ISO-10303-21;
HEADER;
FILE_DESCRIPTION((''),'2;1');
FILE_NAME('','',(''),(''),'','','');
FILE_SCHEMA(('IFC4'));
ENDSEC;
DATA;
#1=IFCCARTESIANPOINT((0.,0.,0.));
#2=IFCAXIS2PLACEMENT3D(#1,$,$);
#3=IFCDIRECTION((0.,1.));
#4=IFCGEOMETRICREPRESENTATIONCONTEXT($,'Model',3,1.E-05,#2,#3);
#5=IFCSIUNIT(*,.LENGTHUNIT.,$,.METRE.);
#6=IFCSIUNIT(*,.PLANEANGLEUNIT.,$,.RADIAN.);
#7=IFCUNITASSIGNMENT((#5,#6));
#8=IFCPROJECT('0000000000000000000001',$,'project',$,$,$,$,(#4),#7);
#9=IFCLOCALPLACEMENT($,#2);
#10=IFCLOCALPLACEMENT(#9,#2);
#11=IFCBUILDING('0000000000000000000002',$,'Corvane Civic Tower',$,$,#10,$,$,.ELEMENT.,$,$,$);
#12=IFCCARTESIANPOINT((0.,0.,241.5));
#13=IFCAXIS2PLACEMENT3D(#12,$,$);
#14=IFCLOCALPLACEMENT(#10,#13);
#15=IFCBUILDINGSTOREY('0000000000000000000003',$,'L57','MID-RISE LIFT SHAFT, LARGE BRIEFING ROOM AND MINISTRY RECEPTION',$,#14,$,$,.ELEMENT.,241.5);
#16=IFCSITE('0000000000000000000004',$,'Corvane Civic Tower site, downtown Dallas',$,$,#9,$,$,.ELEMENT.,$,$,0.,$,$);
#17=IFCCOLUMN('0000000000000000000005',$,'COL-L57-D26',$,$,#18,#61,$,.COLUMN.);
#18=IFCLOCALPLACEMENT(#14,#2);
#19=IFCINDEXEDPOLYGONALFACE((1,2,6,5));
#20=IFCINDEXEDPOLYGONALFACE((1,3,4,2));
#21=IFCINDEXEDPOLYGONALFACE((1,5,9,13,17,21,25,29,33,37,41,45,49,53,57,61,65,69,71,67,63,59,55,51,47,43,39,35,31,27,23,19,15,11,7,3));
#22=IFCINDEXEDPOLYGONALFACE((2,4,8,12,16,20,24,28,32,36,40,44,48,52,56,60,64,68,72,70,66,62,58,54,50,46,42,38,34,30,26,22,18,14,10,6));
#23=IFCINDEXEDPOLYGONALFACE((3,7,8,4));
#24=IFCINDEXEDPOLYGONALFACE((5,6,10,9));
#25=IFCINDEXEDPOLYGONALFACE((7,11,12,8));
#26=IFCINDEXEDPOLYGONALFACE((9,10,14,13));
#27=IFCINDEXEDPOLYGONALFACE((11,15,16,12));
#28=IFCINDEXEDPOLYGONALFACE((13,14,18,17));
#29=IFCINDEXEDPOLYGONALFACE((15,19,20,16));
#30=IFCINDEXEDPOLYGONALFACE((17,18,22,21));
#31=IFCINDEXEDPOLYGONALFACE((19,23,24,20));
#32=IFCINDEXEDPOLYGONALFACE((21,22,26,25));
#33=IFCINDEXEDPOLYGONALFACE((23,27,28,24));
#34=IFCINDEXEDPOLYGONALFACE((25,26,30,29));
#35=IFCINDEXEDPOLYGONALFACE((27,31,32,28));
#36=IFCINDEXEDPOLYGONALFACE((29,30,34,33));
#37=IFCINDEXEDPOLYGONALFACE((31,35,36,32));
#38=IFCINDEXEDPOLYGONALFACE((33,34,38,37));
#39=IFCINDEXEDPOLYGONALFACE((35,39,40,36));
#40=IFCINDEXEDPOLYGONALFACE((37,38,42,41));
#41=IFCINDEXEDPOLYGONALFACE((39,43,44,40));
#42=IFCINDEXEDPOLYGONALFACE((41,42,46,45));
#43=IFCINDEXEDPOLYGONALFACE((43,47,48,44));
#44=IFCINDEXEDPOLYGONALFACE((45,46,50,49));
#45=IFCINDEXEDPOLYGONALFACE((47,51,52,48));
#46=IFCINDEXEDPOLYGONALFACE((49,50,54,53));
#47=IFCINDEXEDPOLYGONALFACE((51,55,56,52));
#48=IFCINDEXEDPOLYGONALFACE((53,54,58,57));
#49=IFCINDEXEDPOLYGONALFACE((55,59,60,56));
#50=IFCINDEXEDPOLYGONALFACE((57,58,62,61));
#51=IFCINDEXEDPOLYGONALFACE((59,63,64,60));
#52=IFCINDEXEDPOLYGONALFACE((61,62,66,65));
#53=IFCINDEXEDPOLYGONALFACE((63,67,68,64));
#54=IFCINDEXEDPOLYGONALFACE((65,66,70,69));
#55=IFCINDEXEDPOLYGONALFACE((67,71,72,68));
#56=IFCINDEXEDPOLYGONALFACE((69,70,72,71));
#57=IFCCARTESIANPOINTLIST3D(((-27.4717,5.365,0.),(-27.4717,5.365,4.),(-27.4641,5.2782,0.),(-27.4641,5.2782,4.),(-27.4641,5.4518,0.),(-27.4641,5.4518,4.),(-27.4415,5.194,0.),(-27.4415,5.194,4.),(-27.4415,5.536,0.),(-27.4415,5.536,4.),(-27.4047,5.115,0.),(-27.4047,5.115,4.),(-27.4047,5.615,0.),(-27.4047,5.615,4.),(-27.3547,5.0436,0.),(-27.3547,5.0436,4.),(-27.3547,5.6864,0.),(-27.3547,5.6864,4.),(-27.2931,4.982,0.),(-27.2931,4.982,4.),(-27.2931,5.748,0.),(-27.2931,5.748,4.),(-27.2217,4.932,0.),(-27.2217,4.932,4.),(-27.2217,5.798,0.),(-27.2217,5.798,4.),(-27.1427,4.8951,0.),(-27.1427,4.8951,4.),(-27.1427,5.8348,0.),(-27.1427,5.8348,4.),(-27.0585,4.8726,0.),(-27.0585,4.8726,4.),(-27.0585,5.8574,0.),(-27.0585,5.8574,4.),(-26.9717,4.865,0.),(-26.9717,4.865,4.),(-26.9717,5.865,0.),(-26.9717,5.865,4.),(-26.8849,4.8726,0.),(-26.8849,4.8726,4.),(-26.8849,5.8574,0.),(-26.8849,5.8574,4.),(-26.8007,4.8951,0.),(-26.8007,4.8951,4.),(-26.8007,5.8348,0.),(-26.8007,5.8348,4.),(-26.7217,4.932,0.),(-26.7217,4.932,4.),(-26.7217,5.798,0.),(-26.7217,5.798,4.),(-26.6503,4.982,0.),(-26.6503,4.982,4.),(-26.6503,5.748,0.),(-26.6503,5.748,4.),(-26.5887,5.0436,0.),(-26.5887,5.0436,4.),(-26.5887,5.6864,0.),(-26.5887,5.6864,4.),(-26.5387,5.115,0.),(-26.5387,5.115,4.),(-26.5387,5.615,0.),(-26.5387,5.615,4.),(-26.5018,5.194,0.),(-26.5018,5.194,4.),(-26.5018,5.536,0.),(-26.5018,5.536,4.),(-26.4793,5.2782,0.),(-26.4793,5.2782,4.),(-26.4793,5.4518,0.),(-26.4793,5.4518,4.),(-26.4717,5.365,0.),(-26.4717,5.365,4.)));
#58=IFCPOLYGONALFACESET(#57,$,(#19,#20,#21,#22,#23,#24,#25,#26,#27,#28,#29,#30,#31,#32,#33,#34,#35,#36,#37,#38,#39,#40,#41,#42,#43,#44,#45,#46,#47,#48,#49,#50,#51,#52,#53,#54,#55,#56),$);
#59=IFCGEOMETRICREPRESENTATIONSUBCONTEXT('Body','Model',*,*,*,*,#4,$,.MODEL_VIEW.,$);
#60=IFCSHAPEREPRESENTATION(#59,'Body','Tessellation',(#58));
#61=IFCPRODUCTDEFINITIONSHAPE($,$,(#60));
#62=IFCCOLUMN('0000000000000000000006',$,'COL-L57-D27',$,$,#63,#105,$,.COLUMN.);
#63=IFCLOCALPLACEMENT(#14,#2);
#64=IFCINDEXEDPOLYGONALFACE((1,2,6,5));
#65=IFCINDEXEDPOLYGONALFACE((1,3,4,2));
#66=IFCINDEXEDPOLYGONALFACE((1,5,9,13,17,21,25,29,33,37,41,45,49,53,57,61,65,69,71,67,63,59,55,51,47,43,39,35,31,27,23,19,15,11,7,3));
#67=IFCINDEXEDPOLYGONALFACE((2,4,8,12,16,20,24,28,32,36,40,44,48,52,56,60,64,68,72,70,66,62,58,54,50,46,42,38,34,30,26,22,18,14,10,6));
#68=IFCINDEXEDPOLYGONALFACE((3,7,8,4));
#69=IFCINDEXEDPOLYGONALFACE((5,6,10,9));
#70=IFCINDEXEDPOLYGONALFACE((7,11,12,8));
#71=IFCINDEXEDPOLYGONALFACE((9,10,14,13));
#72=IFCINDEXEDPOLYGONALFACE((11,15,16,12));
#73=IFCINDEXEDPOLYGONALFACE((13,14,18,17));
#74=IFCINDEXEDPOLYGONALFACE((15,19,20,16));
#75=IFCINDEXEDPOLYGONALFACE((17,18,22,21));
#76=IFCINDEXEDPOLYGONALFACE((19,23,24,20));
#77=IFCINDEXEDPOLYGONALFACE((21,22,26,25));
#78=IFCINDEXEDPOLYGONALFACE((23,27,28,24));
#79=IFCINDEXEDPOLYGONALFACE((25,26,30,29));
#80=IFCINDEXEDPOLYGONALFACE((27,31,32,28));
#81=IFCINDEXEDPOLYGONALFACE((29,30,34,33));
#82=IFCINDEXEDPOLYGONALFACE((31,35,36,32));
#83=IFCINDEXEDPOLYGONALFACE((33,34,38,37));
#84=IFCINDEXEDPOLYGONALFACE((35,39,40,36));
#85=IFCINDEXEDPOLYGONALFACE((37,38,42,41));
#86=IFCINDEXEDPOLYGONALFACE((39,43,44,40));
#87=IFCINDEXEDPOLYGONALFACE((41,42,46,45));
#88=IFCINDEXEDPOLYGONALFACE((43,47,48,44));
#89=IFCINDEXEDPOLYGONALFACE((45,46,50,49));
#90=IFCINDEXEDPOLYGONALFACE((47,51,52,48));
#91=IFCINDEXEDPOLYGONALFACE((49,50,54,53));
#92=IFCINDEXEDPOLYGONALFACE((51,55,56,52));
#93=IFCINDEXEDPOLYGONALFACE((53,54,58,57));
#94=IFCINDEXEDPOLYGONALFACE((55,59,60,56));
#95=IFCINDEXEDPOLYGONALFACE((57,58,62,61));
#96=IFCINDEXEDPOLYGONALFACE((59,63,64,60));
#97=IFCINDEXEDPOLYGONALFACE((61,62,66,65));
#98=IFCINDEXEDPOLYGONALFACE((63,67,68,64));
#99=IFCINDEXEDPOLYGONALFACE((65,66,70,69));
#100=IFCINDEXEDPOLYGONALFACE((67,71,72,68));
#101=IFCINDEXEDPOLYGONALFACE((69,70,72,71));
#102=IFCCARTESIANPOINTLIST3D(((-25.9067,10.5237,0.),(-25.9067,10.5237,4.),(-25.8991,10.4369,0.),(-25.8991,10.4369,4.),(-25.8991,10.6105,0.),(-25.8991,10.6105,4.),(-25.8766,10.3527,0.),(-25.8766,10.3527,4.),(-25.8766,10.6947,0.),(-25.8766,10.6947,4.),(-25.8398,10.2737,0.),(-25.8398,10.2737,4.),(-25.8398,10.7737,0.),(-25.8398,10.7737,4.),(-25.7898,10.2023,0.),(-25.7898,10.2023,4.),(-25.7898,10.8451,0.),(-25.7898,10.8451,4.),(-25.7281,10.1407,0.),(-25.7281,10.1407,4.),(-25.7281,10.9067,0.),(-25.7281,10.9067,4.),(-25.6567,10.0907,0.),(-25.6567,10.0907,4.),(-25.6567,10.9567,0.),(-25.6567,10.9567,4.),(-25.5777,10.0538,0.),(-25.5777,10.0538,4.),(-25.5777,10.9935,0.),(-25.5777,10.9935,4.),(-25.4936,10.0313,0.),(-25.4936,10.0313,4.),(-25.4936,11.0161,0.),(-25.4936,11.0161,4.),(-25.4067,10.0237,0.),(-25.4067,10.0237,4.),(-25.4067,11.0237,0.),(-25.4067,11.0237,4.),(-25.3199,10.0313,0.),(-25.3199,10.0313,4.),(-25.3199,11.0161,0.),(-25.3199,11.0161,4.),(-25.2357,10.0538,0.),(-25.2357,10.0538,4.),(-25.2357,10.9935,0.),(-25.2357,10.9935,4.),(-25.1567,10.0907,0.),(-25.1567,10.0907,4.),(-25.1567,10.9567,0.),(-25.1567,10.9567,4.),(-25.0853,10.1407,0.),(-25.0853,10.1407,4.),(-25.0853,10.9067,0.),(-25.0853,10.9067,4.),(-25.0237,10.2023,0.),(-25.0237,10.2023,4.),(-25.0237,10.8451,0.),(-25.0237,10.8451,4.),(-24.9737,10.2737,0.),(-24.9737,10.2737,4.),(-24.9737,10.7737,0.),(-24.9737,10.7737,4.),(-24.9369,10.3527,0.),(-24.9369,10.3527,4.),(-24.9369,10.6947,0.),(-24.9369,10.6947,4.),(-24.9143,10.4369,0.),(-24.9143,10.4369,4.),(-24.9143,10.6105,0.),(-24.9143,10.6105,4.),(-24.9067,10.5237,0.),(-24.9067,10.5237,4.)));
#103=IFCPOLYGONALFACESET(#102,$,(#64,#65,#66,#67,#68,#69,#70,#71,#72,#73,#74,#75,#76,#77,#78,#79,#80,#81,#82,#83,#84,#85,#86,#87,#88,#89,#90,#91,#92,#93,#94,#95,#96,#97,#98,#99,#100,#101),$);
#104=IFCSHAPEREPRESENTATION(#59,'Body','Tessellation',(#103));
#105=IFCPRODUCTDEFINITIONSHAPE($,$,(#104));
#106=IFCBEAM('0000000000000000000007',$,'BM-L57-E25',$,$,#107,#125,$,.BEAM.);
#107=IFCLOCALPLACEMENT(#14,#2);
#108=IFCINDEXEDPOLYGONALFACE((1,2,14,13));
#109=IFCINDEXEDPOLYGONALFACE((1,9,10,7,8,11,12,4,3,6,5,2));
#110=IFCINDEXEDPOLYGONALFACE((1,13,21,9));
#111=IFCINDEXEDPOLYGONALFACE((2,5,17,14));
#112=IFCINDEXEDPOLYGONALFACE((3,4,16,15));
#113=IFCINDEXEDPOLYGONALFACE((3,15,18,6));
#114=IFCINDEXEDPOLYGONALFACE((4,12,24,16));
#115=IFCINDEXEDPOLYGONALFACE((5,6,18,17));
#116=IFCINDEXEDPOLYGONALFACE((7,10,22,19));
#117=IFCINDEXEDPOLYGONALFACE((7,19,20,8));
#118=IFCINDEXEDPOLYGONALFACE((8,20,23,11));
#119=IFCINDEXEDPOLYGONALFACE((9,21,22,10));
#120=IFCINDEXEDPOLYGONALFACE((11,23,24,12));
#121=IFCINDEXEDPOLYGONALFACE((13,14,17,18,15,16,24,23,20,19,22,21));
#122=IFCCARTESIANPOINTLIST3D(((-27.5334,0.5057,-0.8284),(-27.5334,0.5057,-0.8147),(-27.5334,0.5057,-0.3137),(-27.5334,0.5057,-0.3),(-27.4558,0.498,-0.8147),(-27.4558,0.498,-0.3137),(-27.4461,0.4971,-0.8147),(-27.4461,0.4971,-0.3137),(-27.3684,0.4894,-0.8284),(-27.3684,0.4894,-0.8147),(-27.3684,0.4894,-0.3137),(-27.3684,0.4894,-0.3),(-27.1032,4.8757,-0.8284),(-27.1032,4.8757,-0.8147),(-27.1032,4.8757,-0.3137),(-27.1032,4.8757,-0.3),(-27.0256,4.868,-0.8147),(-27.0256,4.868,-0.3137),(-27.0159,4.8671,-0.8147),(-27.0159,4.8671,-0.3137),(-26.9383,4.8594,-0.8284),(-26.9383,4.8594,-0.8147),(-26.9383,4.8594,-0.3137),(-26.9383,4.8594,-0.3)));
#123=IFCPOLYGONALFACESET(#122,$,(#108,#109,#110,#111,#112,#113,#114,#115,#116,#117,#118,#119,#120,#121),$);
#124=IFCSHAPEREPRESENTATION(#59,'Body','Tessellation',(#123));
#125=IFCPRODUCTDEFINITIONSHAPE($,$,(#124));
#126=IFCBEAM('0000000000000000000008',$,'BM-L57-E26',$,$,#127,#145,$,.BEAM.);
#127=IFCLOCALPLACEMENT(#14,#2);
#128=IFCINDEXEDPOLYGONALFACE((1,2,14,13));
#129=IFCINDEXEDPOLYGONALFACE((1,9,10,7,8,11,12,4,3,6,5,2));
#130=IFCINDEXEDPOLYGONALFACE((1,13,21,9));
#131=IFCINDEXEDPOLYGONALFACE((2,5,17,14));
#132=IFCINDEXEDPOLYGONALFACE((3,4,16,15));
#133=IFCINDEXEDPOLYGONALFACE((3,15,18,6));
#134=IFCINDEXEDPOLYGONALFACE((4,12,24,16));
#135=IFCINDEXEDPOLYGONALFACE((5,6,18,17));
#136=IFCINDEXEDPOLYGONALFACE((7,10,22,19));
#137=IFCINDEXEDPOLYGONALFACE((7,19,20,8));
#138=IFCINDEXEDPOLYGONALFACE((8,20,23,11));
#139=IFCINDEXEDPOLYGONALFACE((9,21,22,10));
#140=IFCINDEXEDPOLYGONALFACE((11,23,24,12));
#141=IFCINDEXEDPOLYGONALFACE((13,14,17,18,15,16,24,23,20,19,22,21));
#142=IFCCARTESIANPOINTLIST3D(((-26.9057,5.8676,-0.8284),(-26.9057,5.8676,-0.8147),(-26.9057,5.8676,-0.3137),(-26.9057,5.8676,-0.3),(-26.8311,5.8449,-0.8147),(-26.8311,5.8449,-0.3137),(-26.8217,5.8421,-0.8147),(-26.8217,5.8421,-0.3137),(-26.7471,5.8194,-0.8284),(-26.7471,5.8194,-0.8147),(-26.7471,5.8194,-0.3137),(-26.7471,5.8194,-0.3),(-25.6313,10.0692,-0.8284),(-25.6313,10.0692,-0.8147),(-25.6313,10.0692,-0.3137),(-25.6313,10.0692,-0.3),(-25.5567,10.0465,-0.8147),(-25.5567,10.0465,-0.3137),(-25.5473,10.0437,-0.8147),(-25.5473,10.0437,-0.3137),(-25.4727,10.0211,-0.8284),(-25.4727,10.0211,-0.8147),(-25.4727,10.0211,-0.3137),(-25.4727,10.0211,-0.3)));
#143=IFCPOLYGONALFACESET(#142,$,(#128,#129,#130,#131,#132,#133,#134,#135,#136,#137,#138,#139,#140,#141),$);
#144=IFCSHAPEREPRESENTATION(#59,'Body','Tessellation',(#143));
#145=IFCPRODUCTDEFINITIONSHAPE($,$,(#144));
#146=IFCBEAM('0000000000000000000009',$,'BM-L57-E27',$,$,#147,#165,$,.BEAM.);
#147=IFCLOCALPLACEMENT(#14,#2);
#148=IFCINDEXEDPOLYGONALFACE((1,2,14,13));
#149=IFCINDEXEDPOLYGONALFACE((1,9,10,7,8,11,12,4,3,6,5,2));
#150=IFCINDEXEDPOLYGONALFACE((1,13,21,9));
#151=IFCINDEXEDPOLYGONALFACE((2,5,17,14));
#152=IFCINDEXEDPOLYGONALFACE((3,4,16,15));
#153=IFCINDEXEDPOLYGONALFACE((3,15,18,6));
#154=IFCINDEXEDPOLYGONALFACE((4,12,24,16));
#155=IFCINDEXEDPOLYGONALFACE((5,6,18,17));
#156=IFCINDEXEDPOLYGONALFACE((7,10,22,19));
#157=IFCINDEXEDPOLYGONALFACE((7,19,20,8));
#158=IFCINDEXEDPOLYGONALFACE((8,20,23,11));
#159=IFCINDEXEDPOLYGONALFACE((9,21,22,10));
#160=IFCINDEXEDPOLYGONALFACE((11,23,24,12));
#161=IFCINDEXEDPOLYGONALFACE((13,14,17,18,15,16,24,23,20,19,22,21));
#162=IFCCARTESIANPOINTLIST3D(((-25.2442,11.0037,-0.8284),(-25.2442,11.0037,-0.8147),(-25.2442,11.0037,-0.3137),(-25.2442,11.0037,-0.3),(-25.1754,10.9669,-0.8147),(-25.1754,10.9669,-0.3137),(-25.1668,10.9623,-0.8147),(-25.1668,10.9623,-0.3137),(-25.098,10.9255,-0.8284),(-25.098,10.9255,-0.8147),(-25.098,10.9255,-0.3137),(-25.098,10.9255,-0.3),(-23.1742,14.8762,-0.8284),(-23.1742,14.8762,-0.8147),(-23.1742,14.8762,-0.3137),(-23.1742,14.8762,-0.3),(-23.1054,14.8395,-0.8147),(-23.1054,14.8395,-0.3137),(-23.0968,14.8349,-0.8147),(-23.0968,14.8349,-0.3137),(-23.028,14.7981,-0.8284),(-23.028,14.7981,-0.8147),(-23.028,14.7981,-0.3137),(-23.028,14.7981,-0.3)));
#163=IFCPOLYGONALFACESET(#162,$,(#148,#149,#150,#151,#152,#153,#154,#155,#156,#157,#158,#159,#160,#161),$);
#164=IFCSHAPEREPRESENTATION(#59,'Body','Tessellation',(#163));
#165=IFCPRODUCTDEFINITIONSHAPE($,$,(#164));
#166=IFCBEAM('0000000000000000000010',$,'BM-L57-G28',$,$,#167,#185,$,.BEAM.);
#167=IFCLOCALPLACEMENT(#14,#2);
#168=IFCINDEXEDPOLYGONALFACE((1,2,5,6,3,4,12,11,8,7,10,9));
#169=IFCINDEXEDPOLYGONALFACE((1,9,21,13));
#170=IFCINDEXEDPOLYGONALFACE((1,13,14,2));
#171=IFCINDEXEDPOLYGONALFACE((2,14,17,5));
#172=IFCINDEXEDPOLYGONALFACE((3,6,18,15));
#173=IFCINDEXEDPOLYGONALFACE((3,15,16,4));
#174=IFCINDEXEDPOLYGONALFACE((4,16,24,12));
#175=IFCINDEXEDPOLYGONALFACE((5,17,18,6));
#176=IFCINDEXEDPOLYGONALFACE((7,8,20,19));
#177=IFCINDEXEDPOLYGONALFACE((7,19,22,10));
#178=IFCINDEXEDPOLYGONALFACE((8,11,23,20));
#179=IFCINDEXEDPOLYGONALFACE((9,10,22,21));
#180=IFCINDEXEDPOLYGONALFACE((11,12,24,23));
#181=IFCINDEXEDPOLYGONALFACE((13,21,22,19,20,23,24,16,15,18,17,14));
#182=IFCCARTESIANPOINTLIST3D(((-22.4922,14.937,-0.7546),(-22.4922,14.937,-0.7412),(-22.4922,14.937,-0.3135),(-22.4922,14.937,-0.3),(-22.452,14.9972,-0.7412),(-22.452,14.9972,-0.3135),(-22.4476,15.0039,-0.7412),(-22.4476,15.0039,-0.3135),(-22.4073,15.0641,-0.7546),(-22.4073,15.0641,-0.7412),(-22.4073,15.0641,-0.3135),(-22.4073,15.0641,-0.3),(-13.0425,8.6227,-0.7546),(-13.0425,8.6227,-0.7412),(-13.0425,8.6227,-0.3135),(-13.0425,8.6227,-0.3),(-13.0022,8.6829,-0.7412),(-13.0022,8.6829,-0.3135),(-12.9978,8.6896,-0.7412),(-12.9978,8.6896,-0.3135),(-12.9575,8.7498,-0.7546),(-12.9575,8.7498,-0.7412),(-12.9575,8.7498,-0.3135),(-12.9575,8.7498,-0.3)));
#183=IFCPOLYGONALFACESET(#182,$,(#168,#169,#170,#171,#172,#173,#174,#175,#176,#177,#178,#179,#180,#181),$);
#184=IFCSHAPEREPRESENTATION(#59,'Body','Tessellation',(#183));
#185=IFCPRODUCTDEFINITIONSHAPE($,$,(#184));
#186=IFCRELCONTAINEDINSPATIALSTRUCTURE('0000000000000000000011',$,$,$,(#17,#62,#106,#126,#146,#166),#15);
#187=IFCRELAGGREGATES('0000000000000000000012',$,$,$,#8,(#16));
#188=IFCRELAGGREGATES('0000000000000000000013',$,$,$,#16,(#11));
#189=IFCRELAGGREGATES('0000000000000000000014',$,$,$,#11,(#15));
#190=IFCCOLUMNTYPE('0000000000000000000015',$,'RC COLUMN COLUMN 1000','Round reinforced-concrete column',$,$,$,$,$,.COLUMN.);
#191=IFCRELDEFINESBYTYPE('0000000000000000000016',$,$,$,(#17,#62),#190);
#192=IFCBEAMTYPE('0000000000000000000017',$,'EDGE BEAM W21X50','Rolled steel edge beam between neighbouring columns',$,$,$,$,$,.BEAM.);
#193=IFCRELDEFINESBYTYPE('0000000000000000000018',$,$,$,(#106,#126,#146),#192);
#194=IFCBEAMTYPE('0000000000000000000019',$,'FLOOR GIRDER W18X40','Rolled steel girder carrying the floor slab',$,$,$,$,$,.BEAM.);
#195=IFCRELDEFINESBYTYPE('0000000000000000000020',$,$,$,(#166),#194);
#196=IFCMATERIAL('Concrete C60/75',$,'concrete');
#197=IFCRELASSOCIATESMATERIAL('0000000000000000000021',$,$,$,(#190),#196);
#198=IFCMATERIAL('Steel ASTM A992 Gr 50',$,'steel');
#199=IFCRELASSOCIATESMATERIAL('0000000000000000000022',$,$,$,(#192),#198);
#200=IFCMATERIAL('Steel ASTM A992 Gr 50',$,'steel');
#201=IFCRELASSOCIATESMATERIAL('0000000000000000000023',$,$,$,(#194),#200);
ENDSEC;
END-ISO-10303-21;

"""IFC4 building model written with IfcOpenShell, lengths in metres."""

from ifc_helpers import new_model, si_unit, direction, frame, origin, origin_2d, place, context, subcontext, project, spatial, circle, i_section, extrude, material, material_profile, profile_set, type_object, element, save


model = new_model("IFC4")

# Units and contexts
model_context = context("Model", 3, precision=1e-05, world=origin(), true_north=direction((0.0, 1.0)))
body_context = subcontext(model_context, "Body", "Model", "MODEL_VIEW")
ifc_project = project(units=[si_unit("LENGTHUNIT", "METRE"), si_unit("PLANEANGLEUNIT", "RADIAN")], contexts=[model_context])

# Site, building, storey
site_placement = place(None, origin())
site = spatial("IfcSite", under=ifc_project, at=site_placement, Name="Corvane Civic Tower site, downtown Dallas", CompositionType="ELEMENT", RefElevation=0.0)
building_placement = place(site_placement, origin())
building = spatial("IfcBuilding", under=site, at=building_placement, Name="Corvane Civic Tower", CompositionType="ELEMENT")
storey_placement = place(building_placement, frame((0.0, 0.0, 241.5)))
storey = spatial("IfcBuildingStorey", under=building, at=storey_placement, Name="L57", Description="MID-RISE LIFT SHAFT, LARGE BRIEFING ROOM AND MINISTRY RECEPTION", CompositionType="ELEMENT", Elevation=241.5)

# Columns
ifc_material_1 = material(Name="Concrete C60/75", Category="concrete")
ifc_material_profile_1 = material_profile(ifc_material_1, circle(Radius=0.5, at=origin_2d()), Name="COLUMN 1000")
ifc_profile_set_1 = profile_set([ifc_material_profile_1], Name="Concrete C60/75")
column_type = type_object("IfcColumnType", Name="RC COLUMN COLUMN 1000", Description="Round reinforced-concrete column", PredefinedType="COLUMN", material=ifc_profile_set_1)
for number, where, z_axis, x_axis, name in (
    (1, (-26.9717, 5.365, 0.0), (0.0, 0.0, 1.0), (1.0, 0.0, 0.0), "COL-L57-D26"),
    (2, (-25.4067, 10.5237, 0.0), (0.0, 0.0, 1.0), (1.0, 0.0, 0.0), "COL-L57-D27"),
):
    element("IfcColumn", number, at=place(storey_placement, frame(where, z_axis=z_axis, x_axis=x_axis)), inside=storey, type_object=column_type, Name=name, PredefinedType="COLUMN", context=body_context, shape_type="SweptSolid", body=[
        extrude(circle(Radius=0.5, at=origin_2d()), origin(), (0.0, 0.0, 1.0), 4.0),
    ])

# Beams
ifc_material_2 = material(Name="Steel ASTM A992 Gr 50", Category="steel")
ifc_material_profile_2 = material_profile(ifc_material_2, i_section(OverallWidth=0.1658, OverallDepth=0.5283, WebThickness=0.0098, FlangeThickness=0.0137, at=origin_2d()), Name="W21X50")
ifc_profile_set_2 = profile_set([ifc_material_profile_2], Name="Steel ASTM A992 Gr 50")
beam_type_1 = type_object("IfcBeamType", Name="EDGE BEAM W21X50", Description="Rolled steel edge beam between neighbouring columns", PredefinedType="BEAM", material=ifc_profile_set_2)
beam_1_placement = place(storey_placement, frame((-27.4509, 0.4976, -0.5642), z_axis=(0.097968, 0.99519, 0.0), x_axis=(-0.99519, 0.097968, 0.0)))
element("IfcBeam", 3, at=beam_1_placement, inside=storey, type_object=beam_type_1, Name="BM-L57-E25", PredefinedType="BEAM", context=body_context, shape_type="SweptSolid", body=[
    extrude(i_section(OverallWidth=0.1658, OverallDepth=0.5283, WebThickness=0.0098, FlangeThickness=0.0137, at=origin_2d()), origin(), (0.0, 0.0, 1.0), 4.3911),
])
beam_2_placement = place(storey_placement, frame((-26.8264, 5.8435, -0.5642), z_axis=(0.290254, 0.95695, 0.0), x_axis=(-0.95695, 0.290254, 0.0)))
element("IfcBeam", 4, at=beam_2_placement, inside=storey, type_object=beam_type_1, Name="BM-L57-E26", PredefinedType="BEAM", context=body_context, shape_type="SweptSolid", body=[
    extrude(i_section(OverallWidth=0.1658, OverallDepth=0.5283, WebThickness=0.0098, FlangeThickness=0.0137, at=origin_2d()), origin(), (0.0, 0.0, 1.0), 4.3906),
])
beam_3_placement = place(storey_placement, frame((-25.1711, 10.9646, -0.5642), z_axis=(0.471422, 0.881908, 0.0), x_axis=(-0.881908, 0.471422, 0.0)))
element("IfcBeam", 5, at=beam_3_placement, inside=storey, type_object=beam_type_1, Name="BM-L57-E27", PredefinedType="BEAM", context=body_context, shape_type="SweptSolid", body=[
    extrude(i_section(OverallWidth=0.1658, OverallDepth=0.5283, WebThickness=0.0098, FlangeThickness=0.0137, at=origin_2d()), origin(), (0.0, 0.0, 1.0), 4.3911),
])
ifc_material_3 = material(Name="Steel ASTM A992 Gr 50", Category="steel")
ifc_material_profile_3 = material_profile(ifc_material_3, i_section(OverallWidth=0.1528, OverallDepth=0.4546, WebThickness=0.0081, FlangeThickness=0.0134, at=origin_2d()), Name="W18X40")
ifc_profile_set_3 = profile_set([ifc_material_profile_3], Name="Steel ASTM A992 Gr 50")
beam_type_2 = type_object("IfcBeamType", Name="FLOOR GIRDER W18X40", Description="Rolled steel girder carrying the floor slab", PredefinedType="BEAM", material=ifc_profile_set_3)
beam_4_placement = place(storey_placement, frame((-13.0, 8.6863, -0.5273), z_axis=(-0.831465, 0.555577, 0.0), x_axis=(-0.555577, -0.831465, 0.0)))
element("IfcBeam", 6, at=beam_4_placement, inside=storey, type_object=beam_type_2, Name="BM-L57-G28", PredefinedType="BEAM", context=body_context, shape_type="SweptSolid", body=[
    extrude(i_section(OverallWidth=0.1528, OverallDepth=0.4546, WebThickness=0.0081, FlangeThickness=0.0134, at=origin_2d()), origin(), (0.0, 0.0, 1.0), 11.3652),
])

save(model, "model.ifc")
